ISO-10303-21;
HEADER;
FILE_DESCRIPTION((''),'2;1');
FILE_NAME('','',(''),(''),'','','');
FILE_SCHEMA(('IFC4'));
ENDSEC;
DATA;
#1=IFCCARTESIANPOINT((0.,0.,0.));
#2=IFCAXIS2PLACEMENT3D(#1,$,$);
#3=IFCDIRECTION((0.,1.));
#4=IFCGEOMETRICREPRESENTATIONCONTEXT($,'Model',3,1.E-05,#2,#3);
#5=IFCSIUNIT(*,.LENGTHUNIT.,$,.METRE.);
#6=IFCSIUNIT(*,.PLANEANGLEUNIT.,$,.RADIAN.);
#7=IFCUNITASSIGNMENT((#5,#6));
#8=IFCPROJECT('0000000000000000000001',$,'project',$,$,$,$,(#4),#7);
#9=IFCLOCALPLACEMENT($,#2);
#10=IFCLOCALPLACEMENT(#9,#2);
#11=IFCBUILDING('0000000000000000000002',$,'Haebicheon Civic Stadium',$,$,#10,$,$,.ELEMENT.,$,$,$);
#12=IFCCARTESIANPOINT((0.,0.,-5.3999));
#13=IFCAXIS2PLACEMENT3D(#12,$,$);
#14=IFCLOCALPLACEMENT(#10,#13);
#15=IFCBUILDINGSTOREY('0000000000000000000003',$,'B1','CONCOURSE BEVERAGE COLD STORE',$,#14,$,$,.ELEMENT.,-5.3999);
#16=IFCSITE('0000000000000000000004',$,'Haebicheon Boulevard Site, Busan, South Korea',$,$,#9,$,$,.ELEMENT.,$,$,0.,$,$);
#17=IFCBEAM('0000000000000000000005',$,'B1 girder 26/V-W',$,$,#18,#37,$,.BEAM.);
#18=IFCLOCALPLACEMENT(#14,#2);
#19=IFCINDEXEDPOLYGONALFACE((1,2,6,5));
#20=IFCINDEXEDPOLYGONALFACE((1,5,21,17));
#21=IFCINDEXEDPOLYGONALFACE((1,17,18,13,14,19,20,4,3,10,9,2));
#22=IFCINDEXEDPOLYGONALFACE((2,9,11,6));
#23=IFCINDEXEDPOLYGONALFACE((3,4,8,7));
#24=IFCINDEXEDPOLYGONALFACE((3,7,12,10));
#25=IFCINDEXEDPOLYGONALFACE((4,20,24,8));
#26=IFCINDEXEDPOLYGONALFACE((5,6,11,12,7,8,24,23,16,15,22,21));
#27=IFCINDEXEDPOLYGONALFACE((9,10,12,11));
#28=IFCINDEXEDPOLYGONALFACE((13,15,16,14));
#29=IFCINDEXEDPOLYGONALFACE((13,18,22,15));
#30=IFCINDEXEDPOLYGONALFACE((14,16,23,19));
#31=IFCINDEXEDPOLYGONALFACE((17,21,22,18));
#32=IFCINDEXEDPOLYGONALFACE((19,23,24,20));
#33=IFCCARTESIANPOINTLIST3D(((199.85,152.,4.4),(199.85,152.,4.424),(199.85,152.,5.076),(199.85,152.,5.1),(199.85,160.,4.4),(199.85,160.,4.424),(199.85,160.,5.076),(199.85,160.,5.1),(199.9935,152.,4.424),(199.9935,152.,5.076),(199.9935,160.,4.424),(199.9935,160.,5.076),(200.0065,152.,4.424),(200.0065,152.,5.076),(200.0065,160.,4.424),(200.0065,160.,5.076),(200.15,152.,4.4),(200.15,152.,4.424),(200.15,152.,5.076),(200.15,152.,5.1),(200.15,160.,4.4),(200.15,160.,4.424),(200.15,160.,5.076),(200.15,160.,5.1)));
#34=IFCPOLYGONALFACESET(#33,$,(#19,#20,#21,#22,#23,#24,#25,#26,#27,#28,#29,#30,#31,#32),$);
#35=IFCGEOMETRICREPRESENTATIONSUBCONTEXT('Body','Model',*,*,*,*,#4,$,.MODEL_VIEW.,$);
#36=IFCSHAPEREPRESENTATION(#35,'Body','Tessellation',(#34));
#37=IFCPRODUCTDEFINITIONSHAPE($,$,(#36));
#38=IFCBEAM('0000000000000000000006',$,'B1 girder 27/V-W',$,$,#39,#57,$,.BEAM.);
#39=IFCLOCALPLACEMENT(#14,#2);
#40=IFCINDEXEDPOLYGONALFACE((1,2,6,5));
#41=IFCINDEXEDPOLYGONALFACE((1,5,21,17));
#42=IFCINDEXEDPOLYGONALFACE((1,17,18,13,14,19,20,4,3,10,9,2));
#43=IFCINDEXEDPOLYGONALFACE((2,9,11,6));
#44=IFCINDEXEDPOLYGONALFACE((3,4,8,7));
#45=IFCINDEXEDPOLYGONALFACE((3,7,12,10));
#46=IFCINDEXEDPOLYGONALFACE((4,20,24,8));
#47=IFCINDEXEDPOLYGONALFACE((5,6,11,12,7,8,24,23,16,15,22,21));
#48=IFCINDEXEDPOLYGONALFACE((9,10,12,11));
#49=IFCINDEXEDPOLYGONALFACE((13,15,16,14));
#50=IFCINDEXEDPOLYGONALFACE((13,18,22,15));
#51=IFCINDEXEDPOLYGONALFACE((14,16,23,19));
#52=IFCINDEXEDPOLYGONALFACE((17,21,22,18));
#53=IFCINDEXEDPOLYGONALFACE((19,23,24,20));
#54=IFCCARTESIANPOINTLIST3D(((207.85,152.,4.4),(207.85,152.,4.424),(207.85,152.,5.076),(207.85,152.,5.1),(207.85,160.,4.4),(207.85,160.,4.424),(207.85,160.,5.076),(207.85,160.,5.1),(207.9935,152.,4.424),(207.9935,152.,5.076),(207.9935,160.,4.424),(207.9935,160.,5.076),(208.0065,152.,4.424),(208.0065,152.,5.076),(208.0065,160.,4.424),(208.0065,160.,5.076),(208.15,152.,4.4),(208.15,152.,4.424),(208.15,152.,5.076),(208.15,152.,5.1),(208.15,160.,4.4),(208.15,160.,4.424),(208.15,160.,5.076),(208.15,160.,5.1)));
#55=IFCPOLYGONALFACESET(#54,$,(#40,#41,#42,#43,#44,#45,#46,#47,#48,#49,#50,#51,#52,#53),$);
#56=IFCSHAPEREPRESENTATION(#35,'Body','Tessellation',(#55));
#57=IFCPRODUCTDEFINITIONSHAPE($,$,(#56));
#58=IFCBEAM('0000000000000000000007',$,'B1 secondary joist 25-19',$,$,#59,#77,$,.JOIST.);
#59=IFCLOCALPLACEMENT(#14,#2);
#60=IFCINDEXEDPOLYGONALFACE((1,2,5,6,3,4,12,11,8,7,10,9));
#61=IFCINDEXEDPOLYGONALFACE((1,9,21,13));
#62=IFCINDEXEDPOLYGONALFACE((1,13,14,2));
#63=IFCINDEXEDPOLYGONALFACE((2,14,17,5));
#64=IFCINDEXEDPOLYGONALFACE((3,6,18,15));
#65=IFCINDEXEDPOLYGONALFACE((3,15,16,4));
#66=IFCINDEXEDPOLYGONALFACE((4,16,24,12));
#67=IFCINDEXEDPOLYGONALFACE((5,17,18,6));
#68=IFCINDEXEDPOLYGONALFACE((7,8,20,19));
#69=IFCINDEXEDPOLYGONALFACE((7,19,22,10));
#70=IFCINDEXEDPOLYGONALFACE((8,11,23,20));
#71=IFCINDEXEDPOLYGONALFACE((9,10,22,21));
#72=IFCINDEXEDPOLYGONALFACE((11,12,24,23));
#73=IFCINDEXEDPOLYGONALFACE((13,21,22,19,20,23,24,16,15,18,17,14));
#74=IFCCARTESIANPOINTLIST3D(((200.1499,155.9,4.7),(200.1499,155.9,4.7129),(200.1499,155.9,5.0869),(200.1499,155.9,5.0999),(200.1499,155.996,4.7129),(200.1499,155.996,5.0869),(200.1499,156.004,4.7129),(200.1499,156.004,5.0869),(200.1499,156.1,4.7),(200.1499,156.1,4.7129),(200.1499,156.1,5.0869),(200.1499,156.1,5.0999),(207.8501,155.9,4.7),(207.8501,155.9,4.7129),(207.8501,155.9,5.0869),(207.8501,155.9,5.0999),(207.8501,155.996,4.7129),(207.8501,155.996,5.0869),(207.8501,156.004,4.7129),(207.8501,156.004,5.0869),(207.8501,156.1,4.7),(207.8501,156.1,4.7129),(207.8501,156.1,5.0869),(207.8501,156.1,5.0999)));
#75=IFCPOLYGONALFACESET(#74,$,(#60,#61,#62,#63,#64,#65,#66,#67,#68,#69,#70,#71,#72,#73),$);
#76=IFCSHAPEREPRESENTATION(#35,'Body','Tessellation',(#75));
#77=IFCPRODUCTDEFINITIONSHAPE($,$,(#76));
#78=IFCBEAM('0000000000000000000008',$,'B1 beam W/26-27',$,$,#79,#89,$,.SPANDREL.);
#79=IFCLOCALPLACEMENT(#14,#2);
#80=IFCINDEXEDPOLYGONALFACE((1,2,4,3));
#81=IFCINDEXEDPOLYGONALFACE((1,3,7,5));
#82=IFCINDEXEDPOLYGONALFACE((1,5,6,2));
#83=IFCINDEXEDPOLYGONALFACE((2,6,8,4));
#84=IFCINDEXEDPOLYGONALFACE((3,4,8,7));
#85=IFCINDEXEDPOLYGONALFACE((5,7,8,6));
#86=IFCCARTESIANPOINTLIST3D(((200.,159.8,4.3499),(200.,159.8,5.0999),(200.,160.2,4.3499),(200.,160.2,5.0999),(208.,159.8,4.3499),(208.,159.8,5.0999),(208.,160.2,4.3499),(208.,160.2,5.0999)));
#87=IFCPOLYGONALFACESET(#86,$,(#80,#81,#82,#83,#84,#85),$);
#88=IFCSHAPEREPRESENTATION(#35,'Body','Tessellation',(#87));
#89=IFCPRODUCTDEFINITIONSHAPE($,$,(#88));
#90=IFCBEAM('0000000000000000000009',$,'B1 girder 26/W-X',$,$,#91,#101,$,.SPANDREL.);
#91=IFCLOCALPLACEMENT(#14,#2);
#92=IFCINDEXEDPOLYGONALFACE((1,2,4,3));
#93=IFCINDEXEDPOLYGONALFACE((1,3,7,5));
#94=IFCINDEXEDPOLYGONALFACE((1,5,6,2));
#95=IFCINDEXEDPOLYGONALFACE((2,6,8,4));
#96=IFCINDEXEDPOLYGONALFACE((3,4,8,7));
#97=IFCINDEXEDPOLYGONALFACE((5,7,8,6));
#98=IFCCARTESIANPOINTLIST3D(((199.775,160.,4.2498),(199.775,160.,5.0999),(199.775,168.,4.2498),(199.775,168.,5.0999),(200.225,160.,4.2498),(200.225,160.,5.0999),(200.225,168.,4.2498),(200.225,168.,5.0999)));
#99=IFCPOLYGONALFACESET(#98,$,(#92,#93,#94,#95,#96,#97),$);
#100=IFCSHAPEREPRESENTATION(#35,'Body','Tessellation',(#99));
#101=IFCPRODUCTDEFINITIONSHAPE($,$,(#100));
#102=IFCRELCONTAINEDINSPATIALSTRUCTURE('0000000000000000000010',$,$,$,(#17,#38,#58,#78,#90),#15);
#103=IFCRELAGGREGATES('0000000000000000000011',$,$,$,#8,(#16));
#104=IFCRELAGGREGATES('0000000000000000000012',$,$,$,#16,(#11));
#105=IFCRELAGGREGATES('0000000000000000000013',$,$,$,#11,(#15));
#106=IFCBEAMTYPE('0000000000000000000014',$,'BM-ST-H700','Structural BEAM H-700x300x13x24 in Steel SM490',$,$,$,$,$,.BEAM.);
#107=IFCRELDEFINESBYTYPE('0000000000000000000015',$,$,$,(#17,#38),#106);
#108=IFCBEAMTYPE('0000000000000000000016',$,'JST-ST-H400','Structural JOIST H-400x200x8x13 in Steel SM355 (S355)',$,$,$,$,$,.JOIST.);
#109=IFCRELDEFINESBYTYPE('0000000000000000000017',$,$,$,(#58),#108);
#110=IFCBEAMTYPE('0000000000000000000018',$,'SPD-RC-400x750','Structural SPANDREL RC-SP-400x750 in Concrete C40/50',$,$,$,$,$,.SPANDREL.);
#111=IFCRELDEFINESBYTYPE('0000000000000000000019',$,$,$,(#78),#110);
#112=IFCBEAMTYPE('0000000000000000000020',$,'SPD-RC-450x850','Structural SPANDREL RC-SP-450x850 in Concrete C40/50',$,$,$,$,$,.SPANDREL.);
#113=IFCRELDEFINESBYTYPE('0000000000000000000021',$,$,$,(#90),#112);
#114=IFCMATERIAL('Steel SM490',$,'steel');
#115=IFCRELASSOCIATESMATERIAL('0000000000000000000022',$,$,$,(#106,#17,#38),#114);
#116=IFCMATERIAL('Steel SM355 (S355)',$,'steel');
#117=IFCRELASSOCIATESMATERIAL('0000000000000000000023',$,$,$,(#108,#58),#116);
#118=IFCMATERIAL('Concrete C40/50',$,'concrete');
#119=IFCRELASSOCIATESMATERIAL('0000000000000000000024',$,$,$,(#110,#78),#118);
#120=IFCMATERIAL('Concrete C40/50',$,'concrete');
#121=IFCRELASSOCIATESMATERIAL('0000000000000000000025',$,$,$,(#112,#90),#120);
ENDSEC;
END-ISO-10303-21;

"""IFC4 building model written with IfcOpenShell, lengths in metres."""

from ifc_helpers import new_model, si_unit, direction, frame, origin, origin_2d, place, context, subcontext, project, spatial, rectangle, i_section, extrude, material, material_profile, profile_set, type_object, element, save


model = new_model("IFC4")

# Units and contexts
model_context = context("Model", 3, precision=1e-05, world=origin(), true_north=direction((0.0, 1.0)))
body_context = subcontext(model_context, "Body", "Model", "MODEL_VIEW")
ifc_project = project(units=[si_unit("LENGTHUNIT", "METRE"), si_unit("PLANEANGLEUNIT", "RADIAN")], contexts=[model_context])

# Site, building, storey
site_placement = place(None, origin())
site = spatial("IfcSite", under=ifc_project, at=site_placement, Name="Haebicheon Boulevard Site, Busan, South Korea", CompositionType="ELEMENT", RefElevation=0.0)
building_placement = place(site_placement, origin())
building = spatial("IfcBuilding", under=site, at=building_placement, Name="Haebicheon Civic Stadium", CompositionType="ELEMENT")
storey_placement = place(building_placement, frame((0.0, 0.0, -5.3999)))
storey = spatial("IfcBuildingStorey", under=building, at=storey_placement, Name="B1", Description="CONCOURSE BEVERAGE COLD STORE", CompositionType="ELEMENT", Elevation=-5.3999)

# Beams
ifc_material_1 = material(Name="Steel SM490", Category="steel")
ifc_material_profile_1 = material_profile(ifc_material_1, i_section(OverallWidth=0.3, OverallDepth=0.7, WebThickness=0.0129, FlangeThickness=0.0239, at=origin_2d()), Name="H-700x300x13x24")
ifc_profile_set_1 = profile_set([ifc_material_profile_1], Name="Steel SM490")
beam_type_1 = type_object("IfcBeamType", Name="BM-ST-H700", Description="Structural BEAM H-700x300x13x24 in Steel SM490", PredefinedType="BEAM", material=ifc_profile_set_1)
for number, where, z_axis, x_axis, name in (
    (1, (200.0, 152.0, 4.75), (0.0, 1.0, 0.0), (-1.0, 0.0, 0.0), "B1 girder 26/V-W"),
    (2, (208.0, 152.0, 4.75), (0.0, 1.0, 0.0), (-1.0, 0.0, 0.0), "B1 girder 27/V-W"),
):
    element("IfcBeam", number, at=place(storey_placement, frame(where, z_axis=z_axis, x_axis=x_axis)), inside=storey, type_object=beam_type_1, material=ifc_profile_set_1, Name=name, PredefinedType="BEAM", context=body_context, shape_type="SweptSolid", body=[
        extrude(i_section(OverallWidth=0.3, OverallDepth=0.7, WebThickness=0.0129, FlangeThickness=0.0239, at=origin_2d()), origin(), (0.0, 0.0, 1.0), 8.0),
    ])
ifc_material_2 = material(Name="Steel SM355 (S355)", Category="steel")
ifc_material_profile_2 = material_profile(ifc_material_2, i_section(OverallWidth=0.2, OverallDepth=0.3999, WebThickness=0.0081, FlangeThickness=0.0129, at=origin_2d()), Name="H-400x200x8x13")
ifc_profile_set_2 = profile_set([ifc_material_profile_2], Name="Steel SM355 (S355)")
beam_type_2 = type_object("IfcBeamType", Name="JST-ST-H400", Description="Structural JOIST H-400x200x8x13 in Steel SM355 (S355)", PredefinedType="JOIST", material=ifc_profile_set_2)
beam_1_placement = place(storey_placement, frame((200.1499, 156.0, 4.8999), z_axis=(1.0, 0.0, 0.0), x_axis=(0.0, 1.0, 0.0)))
element("IfcBeam", 3, at=beam_1_placement, inside=storey, type_object=beam_type_2, material=ifc_profile_set_2, Name="B1 secondary joist 25-19", PredefinedType="JOIST", context=body_context, shape_type="SweptSolid", body=[
    extrude(i_section(OverallWidth=0.2, OverallDepth=0.3999, WebThickness=0.0081, FlangeThickness=0.0129, at=origin_2d()), origin(), (0.0, 0.0, 1.0), 7.7002),
])
ifc_material_3 = material(Name="Concrete C40/50", Category="concrete")
ifc_material_profile_3 = material_profile(ifc_material_3, rectangle(XDim=0.3999, YDim=0.75, at=origin_2d()), Name="RC-SP-400x750")
ifc_profile_set_3 = profile_set([ifc_material_profile_3], Name="Concrete C40/50")
beam_type_3 = type_object("IfcBeamType", Name="SPD-RC-400x750", Description="Structural SPANDREL RC-SP-400x750 in Concrete C40/50", PredefinedType="SPANDREL", material=ifc_profile_set_3)
beam_2_placement = place(storey_placement, frame((200.0, 160.0, 4.7249), z_axis=(1.0, 0.0, 0.0), x_axis=(0.0, 1.0, 0.0)))
element("IfcBeam", 4, at=beam_2_placement, inside=storey, type_object=beam_type_3, material=ifc_profile_set_3, Name="B1 beam W/26-27", PredefinedType="SPANDREL", context=body_context, shape_type="SweptSolid", body=[
    extrude(rectangle(XDim=0.3999, YDim=0.75, at=origin_2d()), origin(), (0.0, 0.0, 1.0), 8.0),
])
ifc_material_4 = material(Name="Concrete C40/50", Category="concrete")
ifc_material_profile_4 = material_profile(ifc_material_4, rectangle(XDim=0.45, YDim=0.8501, at=origin_2d()), Name="RC-SP-450x850")
ifc_profile_set_4 = profile_set([ifc_material_profile_4], Name="Concrete C40/50")
beam_type_4 = type_object("IfcBeamType", Name="SPD-RC-450x850", Description="Structural SPANDREL RC-SP-450x850 in Concrete C40/50", PredefinedType="SPANDREL", material=ifc_profile_set_4)
beam_3_placement = place(storey_placement, frame((200.0, 160.0, 4.6748), z_axis=(0.0, 1.0, 0.0), x_axis=(-1.0, 0.0, 0.0)))
element("IfcBeam", 5, at=beam_3_placement, inside=storey, type_object=beam_type_4, material=ifc_profile_set_4, Name="B1 girder 26/W-X", PredefinedType="SPANDREL", context=body_context, shape_type="SweptSolid", body=[
    extrude(rectangle(XDim=0.45, YDim=0.8501, at=origin_2d()), origin(), (0.0, 0.0, 1.0), 8.0),
])

save(model, "model.ifc")
